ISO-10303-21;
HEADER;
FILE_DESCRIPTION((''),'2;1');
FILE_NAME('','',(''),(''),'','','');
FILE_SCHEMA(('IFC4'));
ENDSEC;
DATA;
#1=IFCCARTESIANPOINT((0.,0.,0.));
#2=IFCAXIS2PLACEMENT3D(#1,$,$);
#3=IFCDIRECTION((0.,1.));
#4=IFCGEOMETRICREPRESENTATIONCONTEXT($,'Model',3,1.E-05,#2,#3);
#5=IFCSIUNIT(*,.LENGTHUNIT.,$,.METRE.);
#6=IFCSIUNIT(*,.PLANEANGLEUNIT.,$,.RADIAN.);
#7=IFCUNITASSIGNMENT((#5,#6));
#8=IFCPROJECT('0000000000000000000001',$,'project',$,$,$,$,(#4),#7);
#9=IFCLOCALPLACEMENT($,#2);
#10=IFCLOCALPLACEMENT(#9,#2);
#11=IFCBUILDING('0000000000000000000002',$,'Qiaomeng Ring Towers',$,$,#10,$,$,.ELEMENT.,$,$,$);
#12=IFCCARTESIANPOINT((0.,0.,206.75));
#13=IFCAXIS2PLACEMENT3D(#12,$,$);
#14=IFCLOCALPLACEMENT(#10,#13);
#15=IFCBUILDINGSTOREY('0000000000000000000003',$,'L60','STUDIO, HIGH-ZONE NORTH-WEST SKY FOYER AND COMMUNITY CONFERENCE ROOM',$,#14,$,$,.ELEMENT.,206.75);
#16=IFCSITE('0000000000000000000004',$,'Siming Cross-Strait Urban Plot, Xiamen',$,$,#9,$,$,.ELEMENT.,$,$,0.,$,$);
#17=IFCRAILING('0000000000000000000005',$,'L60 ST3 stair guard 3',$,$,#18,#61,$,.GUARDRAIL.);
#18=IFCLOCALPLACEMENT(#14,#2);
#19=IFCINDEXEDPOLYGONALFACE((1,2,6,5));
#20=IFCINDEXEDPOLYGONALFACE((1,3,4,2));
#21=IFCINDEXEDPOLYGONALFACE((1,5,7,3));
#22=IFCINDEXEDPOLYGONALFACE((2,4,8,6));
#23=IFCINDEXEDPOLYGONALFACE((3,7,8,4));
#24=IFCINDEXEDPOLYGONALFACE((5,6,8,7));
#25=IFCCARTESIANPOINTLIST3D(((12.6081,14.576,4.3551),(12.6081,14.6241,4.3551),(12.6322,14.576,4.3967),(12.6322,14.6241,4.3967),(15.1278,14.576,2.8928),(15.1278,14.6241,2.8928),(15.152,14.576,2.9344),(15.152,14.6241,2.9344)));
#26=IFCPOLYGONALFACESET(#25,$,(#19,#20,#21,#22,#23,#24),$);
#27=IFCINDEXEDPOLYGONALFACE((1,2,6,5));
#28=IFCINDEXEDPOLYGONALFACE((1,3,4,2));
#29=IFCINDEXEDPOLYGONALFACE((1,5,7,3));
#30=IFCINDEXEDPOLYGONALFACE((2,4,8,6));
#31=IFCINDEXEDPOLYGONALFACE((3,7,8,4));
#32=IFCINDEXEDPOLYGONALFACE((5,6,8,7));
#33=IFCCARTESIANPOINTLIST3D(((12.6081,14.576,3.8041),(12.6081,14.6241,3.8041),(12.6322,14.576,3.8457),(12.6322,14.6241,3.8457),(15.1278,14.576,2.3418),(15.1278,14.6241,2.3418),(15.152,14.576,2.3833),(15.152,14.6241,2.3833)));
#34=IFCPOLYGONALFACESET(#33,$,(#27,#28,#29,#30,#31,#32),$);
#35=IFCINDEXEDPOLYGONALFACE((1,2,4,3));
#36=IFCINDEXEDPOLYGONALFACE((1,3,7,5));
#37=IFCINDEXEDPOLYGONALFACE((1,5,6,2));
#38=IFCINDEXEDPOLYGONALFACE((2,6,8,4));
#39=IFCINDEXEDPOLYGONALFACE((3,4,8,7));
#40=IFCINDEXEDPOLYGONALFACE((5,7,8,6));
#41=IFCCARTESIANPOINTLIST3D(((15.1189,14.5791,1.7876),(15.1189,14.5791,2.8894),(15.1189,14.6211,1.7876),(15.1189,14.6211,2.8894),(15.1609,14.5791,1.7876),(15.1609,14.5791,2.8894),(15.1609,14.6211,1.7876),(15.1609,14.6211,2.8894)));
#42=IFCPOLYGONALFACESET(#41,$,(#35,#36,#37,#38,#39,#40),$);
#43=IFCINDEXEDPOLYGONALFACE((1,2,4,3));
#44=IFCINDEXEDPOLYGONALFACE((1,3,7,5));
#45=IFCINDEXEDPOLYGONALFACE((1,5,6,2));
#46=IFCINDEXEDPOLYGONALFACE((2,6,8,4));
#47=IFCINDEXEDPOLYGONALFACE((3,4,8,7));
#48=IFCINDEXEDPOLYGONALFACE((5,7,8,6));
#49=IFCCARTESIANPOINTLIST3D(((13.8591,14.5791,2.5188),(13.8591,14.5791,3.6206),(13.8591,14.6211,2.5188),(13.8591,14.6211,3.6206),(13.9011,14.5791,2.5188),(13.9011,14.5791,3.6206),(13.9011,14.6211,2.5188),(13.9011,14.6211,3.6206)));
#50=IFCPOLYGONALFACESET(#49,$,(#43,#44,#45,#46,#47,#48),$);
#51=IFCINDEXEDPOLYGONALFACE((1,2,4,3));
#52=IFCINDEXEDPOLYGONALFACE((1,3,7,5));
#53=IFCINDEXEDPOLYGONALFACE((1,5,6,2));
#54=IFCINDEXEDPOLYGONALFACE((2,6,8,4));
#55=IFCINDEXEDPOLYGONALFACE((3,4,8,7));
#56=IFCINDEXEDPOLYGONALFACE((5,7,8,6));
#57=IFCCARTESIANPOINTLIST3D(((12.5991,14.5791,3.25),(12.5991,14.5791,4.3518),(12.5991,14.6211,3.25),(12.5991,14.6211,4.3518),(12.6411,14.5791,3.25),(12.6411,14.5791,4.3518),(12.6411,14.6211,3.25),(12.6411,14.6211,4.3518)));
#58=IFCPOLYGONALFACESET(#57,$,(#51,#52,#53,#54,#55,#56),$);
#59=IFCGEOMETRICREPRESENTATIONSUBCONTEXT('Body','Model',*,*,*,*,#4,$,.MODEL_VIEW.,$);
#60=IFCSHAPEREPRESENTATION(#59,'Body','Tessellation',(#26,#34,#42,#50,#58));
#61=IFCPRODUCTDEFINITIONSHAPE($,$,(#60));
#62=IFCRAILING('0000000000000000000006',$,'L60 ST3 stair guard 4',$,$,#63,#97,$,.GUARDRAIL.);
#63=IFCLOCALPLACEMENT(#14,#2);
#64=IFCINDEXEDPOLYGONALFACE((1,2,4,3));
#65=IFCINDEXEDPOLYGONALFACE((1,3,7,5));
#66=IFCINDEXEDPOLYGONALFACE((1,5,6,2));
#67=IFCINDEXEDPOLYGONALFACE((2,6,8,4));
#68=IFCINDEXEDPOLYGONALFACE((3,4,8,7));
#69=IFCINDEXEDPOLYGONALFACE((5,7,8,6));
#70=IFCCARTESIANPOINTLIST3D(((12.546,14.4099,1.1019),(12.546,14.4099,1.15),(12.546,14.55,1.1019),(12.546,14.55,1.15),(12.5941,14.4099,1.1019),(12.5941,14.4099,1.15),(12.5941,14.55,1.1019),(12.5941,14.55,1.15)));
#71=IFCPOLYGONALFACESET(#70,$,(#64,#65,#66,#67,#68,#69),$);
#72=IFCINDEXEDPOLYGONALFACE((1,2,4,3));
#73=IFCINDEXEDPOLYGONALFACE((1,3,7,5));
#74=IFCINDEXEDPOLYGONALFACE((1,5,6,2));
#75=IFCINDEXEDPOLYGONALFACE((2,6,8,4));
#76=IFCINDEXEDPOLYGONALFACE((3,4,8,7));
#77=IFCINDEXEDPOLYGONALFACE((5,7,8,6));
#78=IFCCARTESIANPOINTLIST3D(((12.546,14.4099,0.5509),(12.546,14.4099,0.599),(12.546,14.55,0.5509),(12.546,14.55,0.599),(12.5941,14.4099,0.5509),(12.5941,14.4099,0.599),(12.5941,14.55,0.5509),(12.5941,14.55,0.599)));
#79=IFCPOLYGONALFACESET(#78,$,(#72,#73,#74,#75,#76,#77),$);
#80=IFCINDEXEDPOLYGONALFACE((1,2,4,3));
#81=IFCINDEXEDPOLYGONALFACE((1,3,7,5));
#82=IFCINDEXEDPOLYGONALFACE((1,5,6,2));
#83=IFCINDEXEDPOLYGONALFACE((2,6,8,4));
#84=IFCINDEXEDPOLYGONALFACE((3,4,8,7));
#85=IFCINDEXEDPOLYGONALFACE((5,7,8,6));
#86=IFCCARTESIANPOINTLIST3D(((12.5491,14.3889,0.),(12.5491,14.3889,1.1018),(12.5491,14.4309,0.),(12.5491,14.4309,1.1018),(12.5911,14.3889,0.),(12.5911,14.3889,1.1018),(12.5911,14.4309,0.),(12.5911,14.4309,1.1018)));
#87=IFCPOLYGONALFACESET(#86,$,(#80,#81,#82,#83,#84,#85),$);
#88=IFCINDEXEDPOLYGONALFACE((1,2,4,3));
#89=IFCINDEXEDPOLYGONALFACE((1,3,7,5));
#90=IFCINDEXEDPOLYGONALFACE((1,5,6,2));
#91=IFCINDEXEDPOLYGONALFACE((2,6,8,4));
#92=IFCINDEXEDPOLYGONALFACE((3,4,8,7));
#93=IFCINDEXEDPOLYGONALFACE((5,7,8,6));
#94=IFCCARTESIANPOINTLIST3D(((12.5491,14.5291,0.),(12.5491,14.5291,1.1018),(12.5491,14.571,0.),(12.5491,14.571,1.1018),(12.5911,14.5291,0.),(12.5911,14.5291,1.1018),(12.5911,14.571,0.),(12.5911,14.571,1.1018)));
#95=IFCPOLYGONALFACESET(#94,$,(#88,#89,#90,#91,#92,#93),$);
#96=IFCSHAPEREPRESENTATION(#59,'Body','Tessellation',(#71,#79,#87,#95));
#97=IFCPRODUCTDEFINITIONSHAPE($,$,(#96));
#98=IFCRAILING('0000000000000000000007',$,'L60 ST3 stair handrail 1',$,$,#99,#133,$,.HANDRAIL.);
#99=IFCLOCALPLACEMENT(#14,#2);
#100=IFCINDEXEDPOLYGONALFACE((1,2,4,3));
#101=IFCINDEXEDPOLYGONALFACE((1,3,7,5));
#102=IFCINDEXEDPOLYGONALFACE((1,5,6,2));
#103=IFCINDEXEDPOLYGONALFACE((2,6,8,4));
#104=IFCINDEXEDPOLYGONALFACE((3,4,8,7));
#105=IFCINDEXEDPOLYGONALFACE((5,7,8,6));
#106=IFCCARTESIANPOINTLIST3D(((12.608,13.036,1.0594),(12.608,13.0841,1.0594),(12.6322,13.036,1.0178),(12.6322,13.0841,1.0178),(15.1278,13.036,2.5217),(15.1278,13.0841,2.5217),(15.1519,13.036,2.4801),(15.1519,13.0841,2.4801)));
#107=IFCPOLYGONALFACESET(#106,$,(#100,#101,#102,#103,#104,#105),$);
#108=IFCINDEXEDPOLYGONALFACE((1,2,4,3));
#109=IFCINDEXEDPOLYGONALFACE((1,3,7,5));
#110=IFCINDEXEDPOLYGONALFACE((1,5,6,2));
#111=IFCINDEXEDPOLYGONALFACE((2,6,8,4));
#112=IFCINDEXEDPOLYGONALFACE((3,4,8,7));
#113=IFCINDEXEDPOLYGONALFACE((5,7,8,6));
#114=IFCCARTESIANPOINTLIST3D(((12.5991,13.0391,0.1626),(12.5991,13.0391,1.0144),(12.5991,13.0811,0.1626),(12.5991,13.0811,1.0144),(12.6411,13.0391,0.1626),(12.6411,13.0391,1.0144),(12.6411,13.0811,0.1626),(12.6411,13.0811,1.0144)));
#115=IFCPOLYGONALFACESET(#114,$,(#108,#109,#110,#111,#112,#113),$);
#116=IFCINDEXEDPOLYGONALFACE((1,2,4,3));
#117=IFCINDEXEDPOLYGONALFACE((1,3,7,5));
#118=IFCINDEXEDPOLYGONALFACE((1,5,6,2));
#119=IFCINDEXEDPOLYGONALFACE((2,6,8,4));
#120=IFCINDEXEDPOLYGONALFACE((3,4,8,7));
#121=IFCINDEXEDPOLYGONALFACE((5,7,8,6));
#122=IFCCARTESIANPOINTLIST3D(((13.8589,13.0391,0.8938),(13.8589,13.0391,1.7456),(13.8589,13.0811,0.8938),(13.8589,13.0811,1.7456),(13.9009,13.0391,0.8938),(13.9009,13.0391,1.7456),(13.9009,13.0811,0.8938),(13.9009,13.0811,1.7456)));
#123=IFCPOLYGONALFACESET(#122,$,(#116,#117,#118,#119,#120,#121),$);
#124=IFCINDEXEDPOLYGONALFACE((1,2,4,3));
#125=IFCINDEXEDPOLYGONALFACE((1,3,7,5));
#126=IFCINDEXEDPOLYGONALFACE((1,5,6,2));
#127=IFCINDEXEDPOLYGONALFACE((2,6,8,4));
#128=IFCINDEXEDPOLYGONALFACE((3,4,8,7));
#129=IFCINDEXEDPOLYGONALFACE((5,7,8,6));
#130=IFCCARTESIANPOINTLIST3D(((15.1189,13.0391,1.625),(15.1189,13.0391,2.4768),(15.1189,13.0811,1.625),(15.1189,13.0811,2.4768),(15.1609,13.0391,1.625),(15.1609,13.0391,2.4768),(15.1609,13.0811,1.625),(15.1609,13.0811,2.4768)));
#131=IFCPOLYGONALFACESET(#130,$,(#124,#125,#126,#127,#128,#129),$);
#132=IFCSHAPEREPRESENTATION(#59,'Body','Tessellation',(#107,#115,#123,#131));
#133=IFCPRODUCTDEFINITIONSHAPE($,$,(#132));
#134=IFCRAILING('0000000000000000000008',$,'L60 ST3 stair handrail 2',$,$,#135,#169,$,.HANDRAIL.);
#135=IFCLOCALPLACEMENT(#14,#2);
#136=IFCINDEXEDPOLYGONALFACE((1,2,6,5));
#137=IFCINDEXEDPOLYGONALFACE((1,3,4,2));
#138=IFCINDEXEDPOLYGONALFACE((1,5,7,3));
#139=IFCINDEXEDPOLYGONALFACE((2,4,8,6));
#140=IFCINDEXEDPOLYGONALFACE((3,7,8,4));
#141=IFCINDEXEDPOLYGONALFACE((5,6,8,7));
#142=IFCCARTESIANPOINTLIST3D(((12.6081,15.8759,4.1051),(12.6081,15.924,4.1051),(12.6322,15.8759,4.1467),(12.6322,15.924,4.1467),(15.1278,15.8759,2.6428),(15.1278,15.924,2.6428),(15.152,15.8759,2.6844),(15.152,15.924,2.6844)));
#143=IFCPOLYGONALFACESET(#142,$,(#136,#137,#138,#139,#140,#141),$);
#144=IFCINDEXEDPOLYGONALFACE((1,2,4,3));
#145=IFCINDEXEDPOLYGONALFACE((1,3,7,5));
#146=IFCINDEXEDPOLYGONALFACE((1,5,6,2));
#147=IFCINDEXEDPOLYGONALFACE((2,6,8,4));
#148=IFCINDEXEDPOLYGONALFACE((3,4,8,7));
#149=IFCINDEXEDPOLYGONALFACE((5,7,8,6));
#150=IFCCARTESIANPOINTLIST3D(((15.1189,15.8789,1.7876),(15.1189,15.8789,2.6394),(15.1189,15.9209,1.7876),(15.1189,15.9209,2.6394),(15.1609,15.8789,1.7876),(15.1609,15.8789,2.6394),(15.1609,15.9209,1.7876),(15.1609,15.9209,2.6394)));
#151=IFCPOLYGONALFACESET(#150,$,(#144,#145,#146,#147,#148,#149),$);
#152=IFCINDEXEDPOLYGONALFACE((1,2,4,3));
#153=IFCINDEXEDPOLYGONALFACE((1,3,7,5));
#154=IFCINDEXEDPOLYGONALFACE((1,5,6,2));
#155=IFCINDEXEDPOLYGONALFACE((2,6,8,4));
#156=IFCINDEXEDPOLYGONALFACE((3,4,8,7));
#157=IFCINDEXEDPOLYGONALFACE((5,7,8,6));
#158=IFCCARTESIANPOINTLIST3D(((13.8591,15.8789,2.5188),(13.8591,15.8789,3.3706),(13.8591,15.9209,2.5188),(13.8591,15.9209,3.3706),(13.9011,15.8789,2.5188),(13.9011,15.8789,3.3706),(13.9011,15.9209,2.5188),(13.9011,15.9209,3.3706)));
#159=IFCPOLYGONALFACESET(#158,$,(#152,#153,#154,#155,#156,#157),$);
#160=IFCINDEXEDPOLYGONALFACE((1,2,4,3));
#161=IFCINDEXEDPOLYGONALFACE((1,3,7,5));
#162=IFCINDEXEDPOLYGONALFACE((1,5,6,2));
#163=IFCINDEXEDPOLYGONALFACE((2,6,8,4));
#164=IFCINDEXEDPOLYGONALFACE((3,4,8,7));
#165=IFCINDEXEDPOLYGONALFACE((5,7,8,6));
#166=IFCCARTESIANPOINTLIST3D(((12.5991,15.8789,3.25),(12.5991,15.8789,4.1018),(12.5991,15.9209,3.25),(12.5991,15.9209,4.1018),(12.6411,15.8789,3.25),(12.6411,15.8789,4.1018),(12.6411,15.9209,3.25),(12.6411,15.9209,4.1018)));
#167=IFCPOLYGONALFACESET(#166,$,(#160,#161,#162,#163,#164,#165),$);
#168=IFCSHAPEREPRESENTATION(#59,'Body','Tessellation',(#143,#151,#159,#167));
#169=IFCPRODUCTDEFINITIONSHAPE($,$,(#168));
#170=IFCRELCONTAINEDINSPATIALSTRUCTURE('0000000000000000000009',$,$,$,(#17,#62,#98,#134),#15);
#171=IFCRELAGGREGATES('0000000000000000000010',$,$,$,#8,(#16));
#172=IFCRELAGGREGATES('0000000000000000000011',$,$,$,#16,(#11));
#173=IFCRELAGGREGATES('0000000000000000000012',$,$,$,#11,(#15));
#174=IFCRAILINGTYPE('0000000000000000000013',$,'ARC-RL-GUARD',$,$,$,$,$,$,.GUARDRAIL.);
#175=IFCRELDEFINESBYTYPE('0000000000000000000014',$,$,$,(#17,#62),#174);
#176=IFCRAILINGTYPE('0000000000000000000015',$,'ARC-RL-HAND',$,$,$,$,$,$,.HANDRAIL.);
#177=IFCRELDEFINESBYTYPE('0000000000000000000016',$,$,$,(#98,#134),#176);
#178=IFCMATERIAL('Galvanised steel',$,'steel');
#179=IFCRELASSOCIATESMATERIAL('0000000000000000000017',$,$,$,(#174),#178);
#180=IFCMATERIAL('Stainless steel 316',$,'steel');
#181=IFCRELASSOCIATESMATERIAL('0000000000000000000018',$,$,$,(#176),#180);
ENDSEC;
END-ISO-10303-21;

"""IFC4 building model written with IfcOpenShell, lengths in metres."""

from ifc_helpers import new_model, si_unit, direction, frame, origin, origin_2d, place, context, subcontext, project, spatial, rectangle, extrude, material, type_object, element, save


model = new_model("IFC4")

# Units and contexts
model_context = context("Model", 3, precision=1e-05, world=origin(), true_north=direction((0.0, 1.0)))
body_context = subcontext(model_context, "Body", "Model", "MODEL_VIEW")
ifc_project = project(units=[si_unit("LENGTHUNIT", "METRE"), si_unit("PLANEANGLEUNIT", "RADIAN")], contexts=[model_context])

# Site, building, storey
site_placement = place(None, origin())
site = spatial("IfcSite", under=ifc_project, at=site_placement, Name="Siming Cross-Strait Urban Plot, Xiamen", CompositionType="ELEMENT", RefElevation=0.0)
building_placement = place(site_placement, origin())
building = spatial("IfcBuilding", under=site, at=building_placement, Name="Qiaomeng Ring Towers", CompositionType="ELEMENT")
storey_placement = place(building_placement, frame((0.0, 0.0, 206.75)))
storey = spatial("IfcBuildingStorey", under=building, at=storey_placement, Name="L60", Description="STUDIO, HIGH-ZONE NORTH-WEST SKY FOYER AND COMMUNITY CONFERENCE ROOM", CompositionType="ELEMENT", Elevation=206.75)

# Shared definitions
ifc_material_1 = material(Name="Galvanised steel", Category="steel")

# Railings
railing_type_1 = type_object("IfcRailingType", Name="ARC-RL-GUARD", PredefinedType="GUARDRAIL", material=ifc_material_1)
railing_1_placement = place(storey_placement, frame((15.1399, 14.6001, 1.7876)))
element("IfcRailing", 1, at=railing_1_placement, inside=storey, type_object=railing_type_1, Name="L60 ST3 stair guard 3", PredefinedType="GUARDRAIL", context=body_context, shape_type="SweptSolid", body=[
    extrude(rectangle(XDim=0.0481, YDim=0.0481, at=origin_2d()), frame((0.0, 0.0, 1.126), z_axis=(-0.864892, 0.0, 0.501958), x_axis=(0.0, -1.0, 0.0)), (0.0, 0.0, 1.0), 2.9133),
    extrude(rectangle(XDim=0.0481, YDim=0.0481, at=origin_2d()), frame((0.0, 0.0, 0.575), z_axis=(-0.864892, 0.0, 0.501958), x_axis=(0.0, -1.0, 0.0)), (0.0, 0.0, 1.0), 2.9133),
    extrude(rectangle(XDim=0.042, YDim=0.042, at=origin_2d()), origin(), (0.0, 0.0, 1.0), 1.1018),
    extrude(rectangle(XDim=0.042, YDim=0.042, at=origin_2d()), frame((-1.2598, 0.0, 0.7312)), (0.0, 0.0, 1.0), 1.1018),
    extrude(rectangle(XDim=0.042, YDim=0.042, at=origin_2d()), frame((-2.5198, 0.0, 1.4624)), (0.0, 0.0, 1.0), 1.1018),
])
railing_2_placement = place(storey_placement, frame((12.5701, 14.4099, 0.0)))
element("IfcRailing", 2, at=railing_2_placement, inside=storey, type_object=railing_type_1, Name="L60 ST3 stair guard 4", PredefinedType="GUARDRAIL", context=body_context, shape_type="SweptSolid", body=[
    extrude(rectangle(XDim=0.0481, YDim=0.0481, at=origin_2d()), frame((0.0, 0.0, 1.126), z_axis=(0.0, 1.0, 0.0), x_axis=(-1.0, 0.0, 0.0)), (0.0, 0.0, 1.0), 0.1401),
    extrude(rectangle(XDim=0.0481, YDim=0.0481, at=origin_2d()), frame((0.0, 0.0, 0.575), z_axis=(0.0, 1.0, 0.0), x_axis=(-1.0, 0.0, 0.0)), (0.0, 0.0, 1.0), 0.1401),
    extrude(rectangle(XDim=0.042, YDim=0.042, at=origin_2d()), origin(), (0.0, 0.0, 1.0), 1.1018),
    extrude(rectangle(XDim=0.042, YDim=0.042, at=origin_2d()), frame((0.0, 0.1401, 0.0)), (0.0, 0.0, 1.0), 1.1018),
])
ifc_material_2 = material(Name="Stainless steel 316", Category="steel")
railing_type_2 = type_object("IfcRailingType", Name="ARC-RL-HAND", PredefinedType="HANDRAIL", material=ifc_material_2)
railing_3_placement = place(storey_placement, frame((12.6201, 13.0601, 0.1626)))
element("IfcRailing", 3, at=railing_3_placement, inside=storey, type_object=railing_type_2, Name="L60 ST3 stair handrail 1", PredefinedType="HANDRAIL", context=body_context, shape_type="SweptSolid", body=[
    extrude(rectangle(XDim=0.0481, YDim=0.0481, at=origin_2d()), frame((0.0, 0.0, 0.876), z_axis=(0.864892, 0.0, 0.501958), x_axis=(0.0, 1.0, 0.0)), (0.0, 0.0, 1.0), 2.9133),
    extrude(rectangle(XDim=0.042, YDim=0.042, at=origin_2d()), origin(), (0.0, 0.0, 1.0), 0.8518),
    extrude(rectangle(XDim=0.042, YDim=0.042, at=origin_2d()), frame((1.2598, 0.0, 0.7312)), (0.0, 0.0, 1.0), 0.8518),
    extrude(rectangle(XDim=0.042, YDim=0.042, at=origin_2d()), frame((2.5198, 0.0, 1.4624)), (0.0, 0.0, 1.0), 0.8518),
])
railing_4_placement = place(storey_placement, frame((15.1399, 15.8999, 1.7876)))
element("IfcRailing", 4, at=railing_4_placement, inside=storey, type_object=railing_type_2, Name="L60 ST3 stair handrail 2", PredefinedType="HANDRAIL", context=body_context, shape_type="SweptSolid", body=[
    extrude(rectangle(XDim=0.0481, YDim=0.0481, at=origin_2d()), frame((0.0, 0.0, 0.876), z_axis=(-0.864892, 0.0, 0.501958), x_axis=(0.0, -1.0, 0.0)), (0.0, 0.0, 1.0), 2.9133),
    extrude(rectangle(XDim=0.042, YDim=0.042, at=origin_2d()), origin(), (0.0, 0.0, 1.0), 0.8518),
    extrude(rectangle(XDim=0.042, YDim=0.042, at=origin_2d()), frame((-1.2598, 0.0, 0.7312)), (0.0, 0.0, 1.0), 0.8518),
    extrude(rectangle(XDim=0.042, YDim=0.042, at=origin_2d()), frame((-2.5198, 0.0, 1.4624)), (0.0, 0.0, 1.0), 0.8518),
])

save(model, "model.ifc")
